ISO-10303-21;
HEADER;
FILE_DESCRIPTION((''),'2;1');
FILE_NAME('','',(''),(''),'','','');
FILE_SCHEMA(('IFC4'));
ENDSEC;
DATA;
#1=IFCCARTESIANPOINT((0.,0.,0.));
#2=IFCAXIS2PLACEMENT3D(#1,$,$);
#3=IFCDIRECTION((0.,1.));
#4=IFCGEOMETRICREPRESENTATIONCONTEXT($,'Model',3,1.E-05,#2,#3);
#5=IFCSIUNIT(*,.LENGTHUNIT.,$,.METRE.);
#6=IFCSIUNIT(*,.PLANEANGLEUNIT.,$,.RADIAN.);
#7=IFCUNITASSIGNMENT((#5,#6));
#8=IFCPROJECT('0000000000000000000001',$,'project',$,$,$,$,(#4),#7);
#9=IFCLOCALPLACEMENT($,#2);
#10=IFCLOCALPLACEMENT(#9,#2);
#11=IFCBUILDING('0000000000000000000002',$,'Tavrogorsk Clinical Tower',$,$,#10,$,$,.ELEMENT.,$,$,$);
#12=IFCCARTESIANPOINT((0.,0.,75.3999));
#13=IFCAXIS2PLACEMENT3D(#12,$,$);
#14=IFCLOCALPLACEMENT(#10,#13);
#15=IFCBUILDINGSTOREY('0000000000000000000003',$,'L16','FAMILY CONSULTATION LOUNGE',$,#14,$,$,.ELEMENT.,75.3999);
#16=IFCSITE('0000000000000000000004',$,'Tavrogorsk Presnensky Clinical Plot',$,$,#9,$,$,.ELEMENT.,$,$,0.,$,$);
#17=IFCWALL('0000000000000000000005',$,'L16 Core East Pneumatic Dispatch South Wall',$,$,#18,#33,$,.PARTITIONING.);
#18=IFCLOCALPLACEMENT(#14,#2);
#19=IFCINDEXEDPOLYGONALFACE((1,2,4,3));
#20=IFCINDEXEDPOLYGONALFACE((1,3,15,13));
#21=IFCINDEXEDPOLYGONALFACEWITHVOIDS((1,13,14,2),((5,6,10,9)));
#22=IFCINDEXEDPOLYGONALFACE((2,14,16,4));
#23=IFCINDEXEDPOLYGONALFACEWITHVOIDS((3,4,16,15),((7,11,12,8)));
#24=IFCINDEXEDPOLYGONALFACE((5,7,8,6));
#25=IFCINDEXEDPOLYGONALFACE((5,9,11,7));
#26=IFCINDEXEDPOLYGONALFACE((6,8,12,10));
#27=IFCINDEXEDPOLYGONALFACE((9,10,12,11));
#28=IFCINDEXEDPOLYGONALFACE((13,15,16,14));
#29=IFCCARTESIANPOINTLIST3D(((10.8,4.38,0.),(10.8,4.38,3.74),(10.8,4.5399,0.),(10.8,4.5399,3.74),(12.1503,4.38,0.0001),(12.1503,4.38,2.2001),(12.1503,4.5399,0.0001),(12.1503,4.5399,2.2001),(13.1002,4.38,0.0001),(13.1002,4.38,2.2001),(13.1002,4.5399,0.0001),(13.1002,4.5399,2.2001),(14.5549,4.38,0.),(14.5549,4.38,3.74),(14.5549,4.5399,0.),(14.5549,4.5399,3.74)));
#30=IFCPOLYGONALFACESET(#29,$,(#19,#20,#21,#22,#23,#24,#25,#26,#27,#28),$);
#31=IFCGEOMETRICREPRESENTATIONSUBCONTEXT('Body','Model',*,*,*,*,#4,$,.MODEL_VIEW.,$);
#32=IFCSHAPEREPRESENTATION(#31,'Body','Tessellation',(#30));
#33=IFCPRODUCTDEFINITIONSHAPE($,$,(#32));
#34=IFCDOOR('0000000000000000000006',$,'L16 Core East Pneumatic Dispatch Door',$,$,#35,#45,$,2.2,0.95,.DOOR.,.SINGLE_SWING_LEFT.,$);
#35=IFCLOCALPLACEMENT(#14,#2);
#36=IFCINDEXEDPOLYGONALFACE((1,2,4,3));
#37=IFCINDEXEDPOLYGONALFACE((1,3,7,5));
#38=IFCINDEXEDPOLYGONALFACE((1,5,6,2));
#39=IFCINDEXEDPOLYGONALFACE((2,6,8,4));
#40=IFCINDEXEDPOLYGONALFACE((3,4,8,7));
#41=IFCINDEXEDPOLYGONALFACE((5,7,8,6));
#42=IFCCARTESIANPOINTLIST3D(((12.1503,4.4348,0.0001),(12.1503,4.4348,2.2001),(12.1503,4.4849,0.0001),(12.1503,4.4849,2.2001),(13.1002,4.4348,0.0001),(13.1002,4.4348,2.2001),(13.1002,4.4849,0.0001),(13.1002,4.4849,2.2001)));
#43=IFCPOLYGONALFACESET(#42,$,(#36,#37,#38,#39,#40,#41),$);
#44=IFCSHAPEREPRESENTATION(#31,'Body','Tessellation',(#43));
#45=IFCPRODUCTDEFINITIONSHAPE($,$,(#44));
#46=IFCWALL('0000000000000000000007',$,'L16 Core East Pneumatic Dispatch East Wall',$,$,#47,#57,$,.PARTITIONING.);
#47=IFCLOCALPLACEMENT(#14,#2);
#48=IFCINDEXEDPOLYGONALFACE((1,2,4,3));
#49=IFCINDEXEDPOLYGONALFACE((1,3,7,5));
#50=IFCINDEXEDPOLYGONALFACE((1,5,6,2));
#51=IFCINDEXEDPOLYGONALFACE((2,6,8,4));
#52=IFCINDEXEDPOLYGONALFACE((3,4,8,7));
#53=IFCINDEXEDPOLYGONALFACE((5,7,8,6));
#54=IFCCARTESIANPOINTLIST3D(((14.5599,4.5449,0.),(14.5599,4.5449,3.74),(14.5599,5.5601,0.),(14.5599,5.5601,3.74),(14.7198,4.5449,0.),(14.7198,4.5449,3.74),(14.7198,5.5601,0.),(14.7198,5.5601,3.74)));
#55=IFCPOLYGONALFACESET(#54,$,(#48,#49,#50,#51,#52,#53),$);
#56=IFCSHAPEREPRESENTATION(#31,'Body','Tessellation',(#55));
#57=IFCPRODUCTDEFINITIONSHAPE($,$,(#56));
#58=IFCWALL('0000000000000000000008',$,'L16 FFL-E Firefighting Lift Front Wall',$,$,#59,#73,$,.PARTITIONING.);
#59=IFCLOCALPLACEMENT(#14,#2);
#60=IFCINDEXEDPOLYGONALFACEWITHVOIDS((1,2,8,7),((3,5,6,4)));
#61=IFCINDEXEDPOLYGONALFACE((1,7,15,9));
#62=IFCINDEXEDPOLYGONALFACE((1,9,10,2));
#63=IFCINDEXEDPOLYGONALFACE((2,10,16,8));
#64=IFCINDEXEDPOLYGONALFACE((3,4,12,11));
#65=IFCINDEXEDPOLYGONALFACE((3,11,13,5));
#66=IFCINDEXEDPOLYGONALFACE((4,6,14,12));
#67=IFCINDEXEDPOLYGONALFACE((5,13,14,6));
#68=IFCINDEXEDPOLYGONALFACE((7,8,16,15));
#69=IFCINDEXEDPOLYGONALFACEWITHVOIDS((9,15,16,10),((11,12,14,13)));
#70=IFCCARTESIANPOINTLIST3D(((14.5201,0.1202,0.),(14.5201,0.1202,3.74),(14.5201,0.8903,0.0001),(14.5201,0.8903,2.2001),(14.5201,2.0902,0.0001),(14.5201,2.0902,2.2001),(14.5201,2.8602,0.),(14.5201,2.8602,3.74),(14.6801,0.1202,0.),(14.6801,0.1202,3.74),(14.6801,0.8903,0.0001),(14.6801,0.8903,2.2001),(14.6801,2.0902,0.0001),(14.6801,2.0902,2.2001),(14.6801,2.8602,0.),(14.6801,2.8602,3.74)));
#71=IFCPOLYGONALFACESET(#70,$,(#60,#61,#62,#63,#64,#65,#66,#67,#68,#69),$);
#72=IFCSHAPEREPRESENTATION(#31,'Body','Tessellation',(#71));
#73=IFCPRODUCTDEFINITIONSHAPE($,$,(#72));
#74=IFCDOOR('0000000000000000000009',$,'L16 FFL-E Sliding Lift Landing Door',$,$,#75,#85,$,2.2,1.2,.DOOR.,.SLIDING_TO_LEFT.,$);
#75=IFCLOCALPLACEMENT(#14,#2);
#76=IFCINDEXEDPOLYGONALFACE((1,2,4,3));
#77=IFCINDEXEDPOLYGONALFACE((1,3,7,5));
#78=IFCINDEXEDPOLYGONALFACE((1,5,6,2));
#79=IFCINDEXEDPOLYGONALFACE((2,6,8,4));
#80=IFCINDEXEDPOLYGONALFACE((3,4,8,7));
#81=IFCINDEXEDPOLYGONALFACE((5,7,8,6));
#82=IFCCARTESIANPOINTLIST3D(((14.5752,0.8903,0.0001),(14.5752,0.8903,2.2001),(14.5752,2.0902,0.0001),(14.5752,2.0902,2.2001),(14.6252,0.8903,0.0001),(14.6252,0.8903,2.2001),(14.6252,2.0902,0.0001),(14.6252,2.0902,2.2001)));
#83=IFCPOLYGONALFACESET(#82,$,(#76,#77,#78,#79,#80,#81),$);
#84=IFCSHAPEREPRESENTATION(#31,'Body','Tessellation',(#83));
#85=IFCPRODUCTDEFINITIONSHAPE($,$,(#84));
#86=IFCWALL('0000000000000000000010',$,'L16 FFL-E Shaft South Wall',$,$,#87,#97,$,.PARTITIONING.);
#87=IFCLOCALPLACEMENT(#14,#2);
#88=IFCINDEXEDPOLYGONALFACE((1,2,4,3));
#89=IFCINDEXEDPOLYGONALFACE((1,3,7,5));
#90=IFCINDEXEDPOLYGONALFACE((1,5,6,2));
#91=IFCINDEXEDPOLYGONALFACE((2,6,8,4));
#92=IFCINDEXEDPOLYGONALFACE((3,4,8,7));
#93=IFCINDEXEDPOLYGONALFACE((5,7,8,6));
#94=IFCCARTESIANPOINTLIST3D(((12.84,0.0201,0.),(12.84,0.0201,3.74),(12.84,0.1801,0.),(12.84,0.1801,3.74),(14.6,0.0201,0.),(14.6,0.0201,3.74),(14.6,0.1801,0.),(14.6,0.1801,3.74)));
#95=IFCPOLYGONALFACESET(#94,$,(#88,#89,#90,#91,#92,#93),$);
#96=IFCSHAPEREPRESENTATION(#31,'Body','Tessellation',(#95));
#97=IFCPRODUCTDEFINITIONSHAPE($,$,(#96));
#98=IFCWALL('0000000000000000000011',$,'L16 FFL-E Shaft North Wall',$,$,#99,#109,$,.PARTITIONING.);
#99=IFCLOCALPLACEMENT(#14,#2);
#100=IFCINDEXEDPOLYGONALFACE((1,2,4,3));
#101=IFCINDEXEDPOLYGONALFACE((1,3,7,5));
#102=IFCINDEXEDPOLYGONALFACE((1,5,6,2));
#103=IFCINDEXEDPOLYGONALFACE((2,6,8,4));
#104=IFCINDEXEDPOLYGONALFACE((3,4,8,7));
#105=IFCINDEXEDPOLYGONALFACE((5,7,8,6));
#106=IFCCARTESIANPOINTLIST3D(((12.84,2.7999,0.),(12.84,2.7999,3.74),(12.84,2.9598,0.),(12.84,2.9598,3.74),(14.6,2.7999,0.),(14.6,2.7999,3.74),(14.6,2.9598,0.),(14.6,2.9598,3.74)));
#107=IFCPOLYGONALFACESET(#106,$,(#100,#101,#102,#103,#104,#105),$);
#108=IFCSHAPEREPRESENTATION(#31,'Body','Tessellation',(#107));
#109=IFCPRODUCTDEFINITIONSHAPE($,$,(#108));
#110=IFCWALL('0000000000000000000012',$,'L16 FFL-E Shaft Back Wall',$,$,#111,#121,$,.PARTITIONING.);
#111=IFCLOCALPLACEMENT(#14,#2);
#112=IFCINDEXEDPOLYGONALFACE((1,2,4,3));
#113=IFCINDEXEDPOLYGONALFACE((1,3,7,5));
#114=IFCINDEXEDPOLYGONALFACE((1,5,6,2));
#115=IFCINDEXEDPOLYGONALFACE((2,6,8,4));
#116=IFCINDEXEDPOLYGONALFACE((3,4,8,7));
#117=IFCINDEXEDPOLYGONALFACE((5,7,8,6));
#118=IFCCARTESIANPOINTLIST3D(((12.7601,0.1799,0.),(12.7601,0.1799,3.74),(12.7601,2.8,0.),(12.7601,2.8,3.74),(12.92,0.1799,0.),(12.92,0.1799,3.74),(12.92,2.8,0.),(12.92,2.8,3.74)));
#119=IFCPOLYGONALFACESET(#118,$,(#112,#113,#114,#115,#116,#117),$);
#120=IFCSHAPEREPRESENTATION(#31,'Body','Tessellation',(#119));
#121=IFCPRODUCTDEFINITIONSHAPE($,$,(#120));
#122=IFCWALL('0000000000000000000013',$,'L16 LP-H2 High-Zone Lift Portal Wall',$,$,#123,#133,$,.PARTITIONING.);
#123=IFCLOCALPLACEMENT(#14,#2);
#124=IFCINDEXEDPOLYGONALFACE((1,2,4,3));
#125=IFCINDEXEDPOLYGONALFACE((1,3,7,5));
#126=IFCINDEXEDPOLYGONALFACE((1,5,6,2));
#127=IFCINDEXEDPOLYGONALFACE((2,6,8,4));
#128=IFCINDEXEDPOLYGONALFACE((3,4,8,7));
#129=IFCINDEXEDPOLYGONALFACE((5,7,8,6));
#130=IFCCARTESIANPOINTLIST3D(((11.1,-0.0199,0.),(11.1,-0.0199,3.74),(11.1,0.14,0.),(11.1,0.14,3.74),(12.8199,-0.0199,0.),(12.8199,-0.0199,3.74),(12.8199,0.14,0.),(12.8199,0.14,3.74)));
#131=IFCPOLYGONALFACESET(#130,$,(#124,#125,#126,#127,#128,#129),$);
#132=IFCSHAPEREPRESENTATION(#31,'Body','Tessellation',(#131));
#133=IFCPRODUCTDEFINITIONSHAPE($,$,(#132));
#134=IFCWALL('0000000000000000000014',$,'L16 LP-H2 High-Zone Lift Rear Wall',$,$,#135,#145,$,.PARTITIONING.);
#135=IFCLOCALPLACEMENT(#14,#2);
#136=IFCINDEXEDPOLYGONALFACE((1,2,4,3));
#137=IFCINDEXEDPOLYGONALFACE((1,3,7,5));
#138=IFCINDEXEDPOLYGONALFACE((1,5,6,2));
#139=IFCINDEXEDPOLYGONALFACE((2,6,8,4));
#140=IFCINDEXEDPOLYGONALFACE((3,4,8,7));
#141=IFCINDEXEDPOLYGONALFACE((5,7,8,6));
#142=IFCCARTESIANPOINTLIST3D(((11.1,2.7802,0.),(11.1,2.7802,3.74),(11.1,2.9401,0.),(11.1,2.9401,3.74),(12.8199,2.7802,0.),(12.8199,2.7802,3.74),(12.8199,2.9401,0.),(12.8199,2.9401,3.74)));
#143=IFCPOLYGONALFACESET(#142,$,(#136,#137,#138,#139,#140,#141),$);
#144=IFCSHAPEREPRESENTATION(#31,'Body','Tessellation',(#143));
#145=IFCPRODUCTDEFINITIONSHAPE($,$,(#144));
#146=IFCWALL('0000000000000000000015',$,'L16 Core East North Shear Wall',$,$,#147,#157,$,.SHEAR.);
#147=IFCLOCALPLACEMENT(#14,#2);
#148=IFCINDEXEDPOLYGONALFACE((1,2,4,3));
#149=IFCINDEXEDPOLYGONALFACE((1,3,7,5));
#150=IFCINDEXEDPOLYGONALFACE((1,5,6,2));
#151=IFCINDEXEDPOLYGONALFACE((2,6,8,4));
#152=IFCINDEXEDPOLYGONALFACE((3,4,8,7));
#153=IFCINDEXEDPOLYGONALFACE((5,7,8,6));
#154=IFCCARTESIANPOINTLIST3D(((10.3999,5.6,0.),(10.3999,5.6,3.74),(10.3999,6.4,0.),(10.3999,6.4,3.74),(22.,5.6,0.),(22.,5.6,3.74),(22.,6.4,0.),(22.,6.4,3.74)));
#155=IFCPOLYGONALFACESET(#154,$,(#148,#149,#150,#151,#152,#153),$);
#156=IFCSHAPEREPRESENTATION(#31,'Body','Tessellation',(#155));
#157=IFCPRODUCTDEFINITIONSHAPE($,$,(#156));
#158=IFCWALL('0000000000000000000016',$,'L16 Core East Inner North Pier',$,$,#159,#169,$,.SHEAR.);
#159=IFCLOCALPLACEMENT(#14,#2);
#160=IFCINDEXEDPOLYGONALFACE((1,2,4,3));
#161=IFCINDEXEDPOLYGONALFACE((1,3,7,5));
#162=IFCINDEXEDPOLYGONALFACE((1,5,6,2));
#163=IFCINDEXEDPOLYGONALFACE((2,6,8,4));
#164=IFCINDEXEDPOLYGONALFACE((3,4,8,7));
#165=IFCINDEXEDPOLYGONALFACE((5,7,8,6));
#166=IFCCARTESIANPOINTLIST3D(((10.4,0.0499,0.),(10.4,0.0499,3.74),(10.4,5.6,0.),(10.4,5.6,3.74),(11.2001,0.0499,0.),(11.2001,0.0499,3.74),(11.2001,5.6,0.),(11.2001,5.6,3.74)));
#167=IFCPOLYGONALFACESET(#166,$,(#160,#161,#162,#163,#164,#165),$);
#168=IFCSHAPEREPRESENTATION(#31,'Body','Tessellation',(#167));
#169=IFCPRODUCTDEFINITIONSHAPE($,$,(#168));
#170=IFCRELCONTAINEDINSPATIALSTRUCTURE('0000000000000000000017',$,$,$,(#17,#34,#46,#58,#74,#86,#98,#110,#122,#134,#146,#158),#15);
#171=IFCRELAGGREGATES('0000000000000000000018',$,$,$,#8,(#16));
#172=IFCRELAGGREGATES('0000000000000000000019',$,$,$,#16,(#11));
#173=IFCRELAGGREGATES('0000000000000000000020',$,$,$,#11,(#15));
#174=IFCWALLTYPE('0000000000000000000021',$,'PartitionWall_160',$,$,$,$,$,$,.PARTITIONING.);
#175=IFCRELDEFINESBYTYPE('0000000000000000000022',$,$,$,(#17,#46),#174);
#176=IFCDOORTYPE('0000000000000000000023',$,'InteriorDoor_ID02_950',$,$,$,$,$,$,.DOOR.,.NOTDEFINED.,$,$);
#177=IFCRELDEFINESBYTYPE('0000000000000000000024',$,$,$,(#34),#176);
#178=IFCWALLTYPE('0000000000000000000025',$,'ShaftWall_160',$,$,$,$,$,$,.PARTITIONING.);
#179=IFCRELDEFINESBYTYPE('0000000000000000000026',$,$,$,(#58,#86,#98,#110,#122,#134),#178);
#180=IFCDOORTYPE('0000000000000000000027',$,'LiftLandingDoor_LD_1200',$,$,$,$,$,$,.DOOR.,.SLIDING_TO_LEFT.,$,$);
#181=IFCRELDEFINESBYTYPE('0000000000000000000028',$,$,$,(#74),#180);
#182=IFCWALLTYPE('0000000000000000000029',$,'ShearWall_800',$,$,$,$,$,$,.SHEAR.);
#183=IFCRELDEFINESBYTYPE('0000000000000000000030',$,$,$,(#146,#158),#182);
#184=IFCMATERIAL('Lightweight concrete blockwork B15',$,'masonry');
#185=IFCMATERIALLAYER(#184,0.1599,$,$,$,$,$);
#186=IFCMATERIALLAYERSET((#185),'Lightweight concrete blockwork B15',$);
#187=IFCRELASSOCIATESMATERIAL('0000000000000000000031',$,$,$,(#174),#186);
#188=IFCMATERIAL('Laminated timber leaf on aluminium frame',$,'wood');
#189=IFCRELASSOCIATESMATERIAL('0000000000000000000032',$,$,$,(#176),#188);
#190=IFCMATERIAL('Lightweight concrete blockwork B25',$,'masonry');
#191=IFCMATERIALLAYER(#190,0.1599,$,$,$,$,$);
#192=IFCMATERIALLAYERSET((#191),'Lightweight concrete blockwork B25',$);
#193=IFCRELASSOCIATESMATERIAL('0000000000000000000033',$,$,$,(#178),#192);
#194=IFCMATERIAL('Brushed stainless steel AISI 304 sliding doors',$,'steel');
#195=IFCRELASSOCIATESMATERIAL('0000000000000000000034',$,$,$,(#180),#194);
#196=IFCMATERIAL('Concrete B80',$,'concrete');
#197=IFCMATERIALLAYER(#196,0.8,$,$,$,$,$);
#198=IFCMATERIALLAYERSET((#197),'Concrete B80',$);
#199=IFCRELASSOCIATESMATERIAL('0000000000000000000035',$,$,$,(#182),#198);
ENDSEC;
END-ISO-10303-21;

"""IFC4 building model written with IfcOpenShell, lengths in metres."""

from ifc_helpers import new_model, si_unit, direction, frame, frame_2d, origin, place, context, subcontext, project, spatial, rectangle, extrude, material, layer, layer_set, type_object, element, fill, save


model = new_model("IFC4")

# Units and contexts
model_context = context("Model", 3, precision=1e-05, world=origin(), true_north=direction((0.0, 1.0)))
body_context = subcontext(model_context, "Body", "Model", "MODEL_VIEW")
ifc_project = project(units=[si_unit("LENGTHUNIT", "METRE"), si_unit("PLANEANGLEUNIT", "RADIAN")], contexts=[model_context])

# Site, building, storey
site_placement = place(None, origin())
site = spatial("IfcSite", under=ifc_project, at=site_placement, Name="Tavrogorsk Presnensky Clinical Plot", CompositionType="ELEMENT", RefElevation=0.0)
building_placement = place(site_placement, origin())
building = spatial("IfcBuilding", under=site, at=building_placement, Name="Tavrogorsk Clinical Tower", CompositionType="ELEMENT")
storey_placement = place(building_placement, frame((0.0, 0.0, 75.3999)))
storey = spatial("IfcBuildingStorey", under=building, at=storey_placement, Name="L16", Description="FAMILY CONSULTATION LOUNGE", CompositionType="ELEMENT", Elevation=75.3999)

# Wall, opening, door
ifc_material_1 = material(Name="Lightweight concrete blockwork B15", Category="masonry")
ifc_layer_1 = layer(ifc_material_1, 0.1599)
ifc_layer_set_1 = layer_set([ifc_layer_1], Name="Lightweight concrete blockwork B15")
wall_type_1 = type_object("IfcWallType", Name="PartitionWall_160", PredefinedType="PARTITIONING", material=ifc_layer_set_1)
wall_1_placement = place(storey_placement, frame((10.8, 4.46, 0.0), z_axis=(0.0, 0.0, 1.0), x_axis=(1.0, 0.0, 0.0)))
wall_1 = element("IfcWall", 1, at=wall_1_placement, inside=storey, type_object=wall_type_1, Name="L16 Core East Pneumatic Dispatch South Wall", PredefinedType="PARTITIONING", context=body_context, shape_type="SweptSolid", body=[
    extrude(rectangle(XDim=3.7549, YDim=0.1599, at=frame_2d((1.8774, 0.0))), origin(), (0.0, 0.0, 1.0), 3.74),
])
opening_1_placement = place(wall_1_placement, frame((1.3501, 0.0, 0.0)))
opening_1 = element("IfcOpeningElement", 2, at=opening_1_placement, cuts=wall_1, PredefinedType="OPENING", context=body_context, shape_type="SweptSolid", body=[
    extrude(rectangle(XDim=0.95, YDim=2.2, at=frame_2d((0.4751, 1.1001))), frame((0.0, 0.0898, 0.0), z_axis=(0.0, -1.0, 0.0), x_axis=(1.0, 0.0, 0.0)), (0.0, 0.0, 1.0), 0.1799),
])
ifc_material_2 = material(Name="Laminated timber leaf on aluminium frame", Category="wood")
door_type_1 = type_object("IfcDoorType", Name="InteriorDoor_ID02_950", OperationType="NOTDEFINED", PredefinedType="DOOR", material=ifc_material_2)
door_1_placement = place(opening_1_placement, origin())
door_1 = element("IfcDoor", 3, at=door_1_placement, inside=storey, type_object=door_type_1, Name="L16 Core East Pneumatic Dispatch Door", OperationType="SINGLE_SWING_LEFT", OverallHeight=2.2, OverallWidth=0.95, PredefinedType="DOOR", context=body_context, shape_type="SweptSolid", body=[
    extrude(rectangle(XDim=0.95, YDim=2.2, at=frame_2d((0.4751, 1.1001))), frame((0.0, 0.0249, 0.0), z_axis=(0.0, -1.0, 0.0), x_axis=(1.0, 0.0, 0.0)), (0.0, 0.0, 1.0), 0.05),
])
fill(opening_1, door_1)

# Wall
wall_2_placement = place(storey_placement, frame((14.6399, 4.5449, 0.0), z_axis=(0.0, 0.0, 1.0), x_axis=(0.0, 1.0, 0.0)))
element("IfcWall", 4, at=wall_2_placement, inside=storey, type_object=wall_type_1, Name="L16 Core East Pneumatic Dispatch East Wall", PredefinedType="PARTITIONING", context=body_context, shape_type="SweptSolid", body=[
    extrude(rectangle(XDim=1.0151, YDim=0.1599, at=frame_2d((0.5076, 0.0))), origin(), (0.0, 0.0, 1.0), 3.74),
])

# Wall, opening, door
ifc_material_3 = material(Name="Lightweight concrete blockwork B25", Category="masonry")
ifc_layer_2 = layer(ifc_material_3, 0.1599)
ifc_layer_set_2 = layer_set([ifc_layer_2], Name="Lightweight concrete blockwork B25")
wall_type_2 = type_object("IfcWallType", Name="ShaftWall_160", PredefinedType="PARTITIONING", material=ifc_layer_set_2)
wall_3_placement = place(storey_placement, frame((14.6001, 0.1201, 0.0), z_axis=(0.0, 0.0, 1.0), x_axis=(0.0, 1.0, 0.0)))
wall_3 = element("IfcWall", 5, at=wall_3_placement, inside=storey, type_object=wall_type_2, Name="L16 FFL-E Firefighting Lift Front Wall", PredefinedType="PARTITIONING", context=body_context, shape_type="SweptSolid", body=[
    extrude(rectangle(XDim=2.74, YDim=0.1599, at=frame_2d((1.3701, 0.0))), origin(), (0.0, 0.0, 1.0), 3.74),
])
opening_2_placement = place(wall_3_placement, frame((0.77, 0.0, 0.0)))
opening_2 = element("IfcOpeningElement", 6, at=opening_2_placement, cuts=wall_3, PredefinedType="OPENING", context=body_context, shape_type="SweptSolid", body=[
    extrude(rectangle(XDim=1.2, YDim=2.2, at=frame_2d((0.6001, 1.1001))), frame((0.0, 0.0898, 0.0), z_axis=(0.0, -1.0, 0.0), x_axis=(1.0, 0.0, 0.0)), (0.0, 0.0, 1.0), 0.1799),
])
ifc_material_4 = material(Name="Brushed stainless steel AISI 304 sliding doors", Category="steel")
door_type_2 = type_object("IfcDoorType", Name="LiftLandingDoor_LD_1200", OperationType="SLIDING_TO_LEFT", PredefinedType="DOOR", material=ifc_material_4)
door_2_placement = place(opening_2_placement, origin())
door_2 = element("IfcDoor", 7, at=door_2_placement, inside=storey, type_object=door_type_2, Name="L16 FFL-E Sliding Lift Landing Door", OperationType="SLIDING_TO_LEFT", OverallHeight=2.2, OverallWidth=1.2, PredefinedType="DOOR", context=body_context, shape_type="SweptSolid", body=[
    extrude(rectangle(XDim=1.2, YDim=2.2, at=frame_2d((0.6001, 1.1001))), frame((0.0, 0.0249, 0.0), z_axis=(0.0, -1.0, 0.0), x_axis=(1.0, 0.0, 0.0)), (0.0, 0.0, 1.0), 0.05),
])
fill(opening_2, door_2)

# Walls
for number, where, z_axis, x_axis, name in (
    (8, (12.8401, 0.1001, 0.0), (0.0, 0.0, 1.0), (1.0, 0.0, 0.0), "L16 FFL-E Shaft South Wall"),
    (9, (12.8401, 2.8799, 0.0), (0.0, 0.0, 1.0), (1.0, 0.0, 0.0), "L16 FFL-E Shaft North Wall"),
):
    element("IfcWall", number, at=place(storey_placement, frame(where, z_axis=z_axis, x_axis=x_axis)), inside=storey, type_object=wall_type_2, Name=name, PredefinedType="PARTITIONING", context=body_context, shape_type="SweptSolid", body=[
        extrude(rectangle(XDim=1.76, YDim=0.1599, at=frame_2d((0.8799, 0.0))), origin(), (0.0, 0.0, 1.0), 3.74),
    ])
wall_4_placement = place(storey_placement, frame((12.8401, 0.1799, 0.0), z_axis=(0.0, 0.0, 1.0), x_axis=(0.0, 1.0, 0.0)))
element("IfcWall", 10, at=wall_4_placement, inside=storey, type_object=wall_type_2, Name="L16 FFL-E Shaft Back Wall", PredefinedType="PARTITIONING", context=body_context, shape_type="SweptSolid", body=[
    extrude(rectangle(XDim=2.6201, YDim=0.1599, at=frame_2d((1.3101, 0.0))), origin(), (0.0, 0.0, 1.0), 3.74),
])
for number, where, z_axis, x_axis, name in (
    (11, (11.1001, 0.0601, 0.0), (0.0, 0.0, 1.0), (1.0, 0.0, 0.0), "L16 LP-H2 High-Zone Lift Portal Wall"),
    (12, (11.1001, 2.8601, 0.0), (0.0, 0.0, 1.0), (1.0, 0.0, 0.0), "L16 LP-H2 High-Zone Lift Rear Wall"),
):
    element("IfcWall", number, at=place(storey_placement, frame(where, z_axis=z_axis, x_axis=x_axis)), inside=storey, type_object=wall_type_2, Name=name, PredefinedType="PARTITIONING", context=body_context, shape_type="SweptSolid", body=[
        extrude(rectangle(XDim=1.72, YDim=0.1599, at=frame_2d((0.8599, 0.0))), origin(), (0.0, 0.0, 1.0), 3.74),
    ])
ifc_material_5 = material(Name="Concrete B80", Category="concrete")
ifc_layer_3 = layer(ifc_material_5, 0.8)
ifc_layer_set_3 = layer_set([ifc_layer_3], Name="Concrete B80")
wall_type_3 = type_object("IfcWallType", Name="ShearWall_800", PredefinedType="SHEAR", material=ifc_layer_set_3)
wall_5_placement = place(storey_placement, frame((10.3999, 6.0, 0.0), z_axis=(0.0, 0.0, 1.0), x_axis=(1.0, 0.0, 0.0)))
element("IfcWall", 13, at=wall_5_placement, inside=storey, type_object=wall_type_3, Name="L16 Core East North Shear Wall", PredefinedType="SHEAR", context=body_context, shape_type="SweptSolid", body=[
    extrude(rectangle(XDim=11.6001, YDim=0.8, at=frame_2d((5.8, 0.0))), origin(), (0.0, 0.0, 1.0), 3.74),
])
wall_6_placement = place(storey_placement, frame((10.8, 0.05, 0.0), z_axis=(0.0, 0.0, 1.0), x_axis=(0.0, 1.0, 0.0)))
element("IfcWall", 14, at=wall_6_placement, inside=storey, type_object=wall_type_3, Name="L16 Core East Inner North Pier", PredefinedType="SHEAR", context=body_context, shape_type="SweptSolid", body=[
    extrude(rectangle(XDim=5.55, YDim=0.8, at=frame_2d((2.7749, 0.0))), origin(), (0.0, 0.0, 1.0), 3.74),
])

save(model, "model.ifc")
